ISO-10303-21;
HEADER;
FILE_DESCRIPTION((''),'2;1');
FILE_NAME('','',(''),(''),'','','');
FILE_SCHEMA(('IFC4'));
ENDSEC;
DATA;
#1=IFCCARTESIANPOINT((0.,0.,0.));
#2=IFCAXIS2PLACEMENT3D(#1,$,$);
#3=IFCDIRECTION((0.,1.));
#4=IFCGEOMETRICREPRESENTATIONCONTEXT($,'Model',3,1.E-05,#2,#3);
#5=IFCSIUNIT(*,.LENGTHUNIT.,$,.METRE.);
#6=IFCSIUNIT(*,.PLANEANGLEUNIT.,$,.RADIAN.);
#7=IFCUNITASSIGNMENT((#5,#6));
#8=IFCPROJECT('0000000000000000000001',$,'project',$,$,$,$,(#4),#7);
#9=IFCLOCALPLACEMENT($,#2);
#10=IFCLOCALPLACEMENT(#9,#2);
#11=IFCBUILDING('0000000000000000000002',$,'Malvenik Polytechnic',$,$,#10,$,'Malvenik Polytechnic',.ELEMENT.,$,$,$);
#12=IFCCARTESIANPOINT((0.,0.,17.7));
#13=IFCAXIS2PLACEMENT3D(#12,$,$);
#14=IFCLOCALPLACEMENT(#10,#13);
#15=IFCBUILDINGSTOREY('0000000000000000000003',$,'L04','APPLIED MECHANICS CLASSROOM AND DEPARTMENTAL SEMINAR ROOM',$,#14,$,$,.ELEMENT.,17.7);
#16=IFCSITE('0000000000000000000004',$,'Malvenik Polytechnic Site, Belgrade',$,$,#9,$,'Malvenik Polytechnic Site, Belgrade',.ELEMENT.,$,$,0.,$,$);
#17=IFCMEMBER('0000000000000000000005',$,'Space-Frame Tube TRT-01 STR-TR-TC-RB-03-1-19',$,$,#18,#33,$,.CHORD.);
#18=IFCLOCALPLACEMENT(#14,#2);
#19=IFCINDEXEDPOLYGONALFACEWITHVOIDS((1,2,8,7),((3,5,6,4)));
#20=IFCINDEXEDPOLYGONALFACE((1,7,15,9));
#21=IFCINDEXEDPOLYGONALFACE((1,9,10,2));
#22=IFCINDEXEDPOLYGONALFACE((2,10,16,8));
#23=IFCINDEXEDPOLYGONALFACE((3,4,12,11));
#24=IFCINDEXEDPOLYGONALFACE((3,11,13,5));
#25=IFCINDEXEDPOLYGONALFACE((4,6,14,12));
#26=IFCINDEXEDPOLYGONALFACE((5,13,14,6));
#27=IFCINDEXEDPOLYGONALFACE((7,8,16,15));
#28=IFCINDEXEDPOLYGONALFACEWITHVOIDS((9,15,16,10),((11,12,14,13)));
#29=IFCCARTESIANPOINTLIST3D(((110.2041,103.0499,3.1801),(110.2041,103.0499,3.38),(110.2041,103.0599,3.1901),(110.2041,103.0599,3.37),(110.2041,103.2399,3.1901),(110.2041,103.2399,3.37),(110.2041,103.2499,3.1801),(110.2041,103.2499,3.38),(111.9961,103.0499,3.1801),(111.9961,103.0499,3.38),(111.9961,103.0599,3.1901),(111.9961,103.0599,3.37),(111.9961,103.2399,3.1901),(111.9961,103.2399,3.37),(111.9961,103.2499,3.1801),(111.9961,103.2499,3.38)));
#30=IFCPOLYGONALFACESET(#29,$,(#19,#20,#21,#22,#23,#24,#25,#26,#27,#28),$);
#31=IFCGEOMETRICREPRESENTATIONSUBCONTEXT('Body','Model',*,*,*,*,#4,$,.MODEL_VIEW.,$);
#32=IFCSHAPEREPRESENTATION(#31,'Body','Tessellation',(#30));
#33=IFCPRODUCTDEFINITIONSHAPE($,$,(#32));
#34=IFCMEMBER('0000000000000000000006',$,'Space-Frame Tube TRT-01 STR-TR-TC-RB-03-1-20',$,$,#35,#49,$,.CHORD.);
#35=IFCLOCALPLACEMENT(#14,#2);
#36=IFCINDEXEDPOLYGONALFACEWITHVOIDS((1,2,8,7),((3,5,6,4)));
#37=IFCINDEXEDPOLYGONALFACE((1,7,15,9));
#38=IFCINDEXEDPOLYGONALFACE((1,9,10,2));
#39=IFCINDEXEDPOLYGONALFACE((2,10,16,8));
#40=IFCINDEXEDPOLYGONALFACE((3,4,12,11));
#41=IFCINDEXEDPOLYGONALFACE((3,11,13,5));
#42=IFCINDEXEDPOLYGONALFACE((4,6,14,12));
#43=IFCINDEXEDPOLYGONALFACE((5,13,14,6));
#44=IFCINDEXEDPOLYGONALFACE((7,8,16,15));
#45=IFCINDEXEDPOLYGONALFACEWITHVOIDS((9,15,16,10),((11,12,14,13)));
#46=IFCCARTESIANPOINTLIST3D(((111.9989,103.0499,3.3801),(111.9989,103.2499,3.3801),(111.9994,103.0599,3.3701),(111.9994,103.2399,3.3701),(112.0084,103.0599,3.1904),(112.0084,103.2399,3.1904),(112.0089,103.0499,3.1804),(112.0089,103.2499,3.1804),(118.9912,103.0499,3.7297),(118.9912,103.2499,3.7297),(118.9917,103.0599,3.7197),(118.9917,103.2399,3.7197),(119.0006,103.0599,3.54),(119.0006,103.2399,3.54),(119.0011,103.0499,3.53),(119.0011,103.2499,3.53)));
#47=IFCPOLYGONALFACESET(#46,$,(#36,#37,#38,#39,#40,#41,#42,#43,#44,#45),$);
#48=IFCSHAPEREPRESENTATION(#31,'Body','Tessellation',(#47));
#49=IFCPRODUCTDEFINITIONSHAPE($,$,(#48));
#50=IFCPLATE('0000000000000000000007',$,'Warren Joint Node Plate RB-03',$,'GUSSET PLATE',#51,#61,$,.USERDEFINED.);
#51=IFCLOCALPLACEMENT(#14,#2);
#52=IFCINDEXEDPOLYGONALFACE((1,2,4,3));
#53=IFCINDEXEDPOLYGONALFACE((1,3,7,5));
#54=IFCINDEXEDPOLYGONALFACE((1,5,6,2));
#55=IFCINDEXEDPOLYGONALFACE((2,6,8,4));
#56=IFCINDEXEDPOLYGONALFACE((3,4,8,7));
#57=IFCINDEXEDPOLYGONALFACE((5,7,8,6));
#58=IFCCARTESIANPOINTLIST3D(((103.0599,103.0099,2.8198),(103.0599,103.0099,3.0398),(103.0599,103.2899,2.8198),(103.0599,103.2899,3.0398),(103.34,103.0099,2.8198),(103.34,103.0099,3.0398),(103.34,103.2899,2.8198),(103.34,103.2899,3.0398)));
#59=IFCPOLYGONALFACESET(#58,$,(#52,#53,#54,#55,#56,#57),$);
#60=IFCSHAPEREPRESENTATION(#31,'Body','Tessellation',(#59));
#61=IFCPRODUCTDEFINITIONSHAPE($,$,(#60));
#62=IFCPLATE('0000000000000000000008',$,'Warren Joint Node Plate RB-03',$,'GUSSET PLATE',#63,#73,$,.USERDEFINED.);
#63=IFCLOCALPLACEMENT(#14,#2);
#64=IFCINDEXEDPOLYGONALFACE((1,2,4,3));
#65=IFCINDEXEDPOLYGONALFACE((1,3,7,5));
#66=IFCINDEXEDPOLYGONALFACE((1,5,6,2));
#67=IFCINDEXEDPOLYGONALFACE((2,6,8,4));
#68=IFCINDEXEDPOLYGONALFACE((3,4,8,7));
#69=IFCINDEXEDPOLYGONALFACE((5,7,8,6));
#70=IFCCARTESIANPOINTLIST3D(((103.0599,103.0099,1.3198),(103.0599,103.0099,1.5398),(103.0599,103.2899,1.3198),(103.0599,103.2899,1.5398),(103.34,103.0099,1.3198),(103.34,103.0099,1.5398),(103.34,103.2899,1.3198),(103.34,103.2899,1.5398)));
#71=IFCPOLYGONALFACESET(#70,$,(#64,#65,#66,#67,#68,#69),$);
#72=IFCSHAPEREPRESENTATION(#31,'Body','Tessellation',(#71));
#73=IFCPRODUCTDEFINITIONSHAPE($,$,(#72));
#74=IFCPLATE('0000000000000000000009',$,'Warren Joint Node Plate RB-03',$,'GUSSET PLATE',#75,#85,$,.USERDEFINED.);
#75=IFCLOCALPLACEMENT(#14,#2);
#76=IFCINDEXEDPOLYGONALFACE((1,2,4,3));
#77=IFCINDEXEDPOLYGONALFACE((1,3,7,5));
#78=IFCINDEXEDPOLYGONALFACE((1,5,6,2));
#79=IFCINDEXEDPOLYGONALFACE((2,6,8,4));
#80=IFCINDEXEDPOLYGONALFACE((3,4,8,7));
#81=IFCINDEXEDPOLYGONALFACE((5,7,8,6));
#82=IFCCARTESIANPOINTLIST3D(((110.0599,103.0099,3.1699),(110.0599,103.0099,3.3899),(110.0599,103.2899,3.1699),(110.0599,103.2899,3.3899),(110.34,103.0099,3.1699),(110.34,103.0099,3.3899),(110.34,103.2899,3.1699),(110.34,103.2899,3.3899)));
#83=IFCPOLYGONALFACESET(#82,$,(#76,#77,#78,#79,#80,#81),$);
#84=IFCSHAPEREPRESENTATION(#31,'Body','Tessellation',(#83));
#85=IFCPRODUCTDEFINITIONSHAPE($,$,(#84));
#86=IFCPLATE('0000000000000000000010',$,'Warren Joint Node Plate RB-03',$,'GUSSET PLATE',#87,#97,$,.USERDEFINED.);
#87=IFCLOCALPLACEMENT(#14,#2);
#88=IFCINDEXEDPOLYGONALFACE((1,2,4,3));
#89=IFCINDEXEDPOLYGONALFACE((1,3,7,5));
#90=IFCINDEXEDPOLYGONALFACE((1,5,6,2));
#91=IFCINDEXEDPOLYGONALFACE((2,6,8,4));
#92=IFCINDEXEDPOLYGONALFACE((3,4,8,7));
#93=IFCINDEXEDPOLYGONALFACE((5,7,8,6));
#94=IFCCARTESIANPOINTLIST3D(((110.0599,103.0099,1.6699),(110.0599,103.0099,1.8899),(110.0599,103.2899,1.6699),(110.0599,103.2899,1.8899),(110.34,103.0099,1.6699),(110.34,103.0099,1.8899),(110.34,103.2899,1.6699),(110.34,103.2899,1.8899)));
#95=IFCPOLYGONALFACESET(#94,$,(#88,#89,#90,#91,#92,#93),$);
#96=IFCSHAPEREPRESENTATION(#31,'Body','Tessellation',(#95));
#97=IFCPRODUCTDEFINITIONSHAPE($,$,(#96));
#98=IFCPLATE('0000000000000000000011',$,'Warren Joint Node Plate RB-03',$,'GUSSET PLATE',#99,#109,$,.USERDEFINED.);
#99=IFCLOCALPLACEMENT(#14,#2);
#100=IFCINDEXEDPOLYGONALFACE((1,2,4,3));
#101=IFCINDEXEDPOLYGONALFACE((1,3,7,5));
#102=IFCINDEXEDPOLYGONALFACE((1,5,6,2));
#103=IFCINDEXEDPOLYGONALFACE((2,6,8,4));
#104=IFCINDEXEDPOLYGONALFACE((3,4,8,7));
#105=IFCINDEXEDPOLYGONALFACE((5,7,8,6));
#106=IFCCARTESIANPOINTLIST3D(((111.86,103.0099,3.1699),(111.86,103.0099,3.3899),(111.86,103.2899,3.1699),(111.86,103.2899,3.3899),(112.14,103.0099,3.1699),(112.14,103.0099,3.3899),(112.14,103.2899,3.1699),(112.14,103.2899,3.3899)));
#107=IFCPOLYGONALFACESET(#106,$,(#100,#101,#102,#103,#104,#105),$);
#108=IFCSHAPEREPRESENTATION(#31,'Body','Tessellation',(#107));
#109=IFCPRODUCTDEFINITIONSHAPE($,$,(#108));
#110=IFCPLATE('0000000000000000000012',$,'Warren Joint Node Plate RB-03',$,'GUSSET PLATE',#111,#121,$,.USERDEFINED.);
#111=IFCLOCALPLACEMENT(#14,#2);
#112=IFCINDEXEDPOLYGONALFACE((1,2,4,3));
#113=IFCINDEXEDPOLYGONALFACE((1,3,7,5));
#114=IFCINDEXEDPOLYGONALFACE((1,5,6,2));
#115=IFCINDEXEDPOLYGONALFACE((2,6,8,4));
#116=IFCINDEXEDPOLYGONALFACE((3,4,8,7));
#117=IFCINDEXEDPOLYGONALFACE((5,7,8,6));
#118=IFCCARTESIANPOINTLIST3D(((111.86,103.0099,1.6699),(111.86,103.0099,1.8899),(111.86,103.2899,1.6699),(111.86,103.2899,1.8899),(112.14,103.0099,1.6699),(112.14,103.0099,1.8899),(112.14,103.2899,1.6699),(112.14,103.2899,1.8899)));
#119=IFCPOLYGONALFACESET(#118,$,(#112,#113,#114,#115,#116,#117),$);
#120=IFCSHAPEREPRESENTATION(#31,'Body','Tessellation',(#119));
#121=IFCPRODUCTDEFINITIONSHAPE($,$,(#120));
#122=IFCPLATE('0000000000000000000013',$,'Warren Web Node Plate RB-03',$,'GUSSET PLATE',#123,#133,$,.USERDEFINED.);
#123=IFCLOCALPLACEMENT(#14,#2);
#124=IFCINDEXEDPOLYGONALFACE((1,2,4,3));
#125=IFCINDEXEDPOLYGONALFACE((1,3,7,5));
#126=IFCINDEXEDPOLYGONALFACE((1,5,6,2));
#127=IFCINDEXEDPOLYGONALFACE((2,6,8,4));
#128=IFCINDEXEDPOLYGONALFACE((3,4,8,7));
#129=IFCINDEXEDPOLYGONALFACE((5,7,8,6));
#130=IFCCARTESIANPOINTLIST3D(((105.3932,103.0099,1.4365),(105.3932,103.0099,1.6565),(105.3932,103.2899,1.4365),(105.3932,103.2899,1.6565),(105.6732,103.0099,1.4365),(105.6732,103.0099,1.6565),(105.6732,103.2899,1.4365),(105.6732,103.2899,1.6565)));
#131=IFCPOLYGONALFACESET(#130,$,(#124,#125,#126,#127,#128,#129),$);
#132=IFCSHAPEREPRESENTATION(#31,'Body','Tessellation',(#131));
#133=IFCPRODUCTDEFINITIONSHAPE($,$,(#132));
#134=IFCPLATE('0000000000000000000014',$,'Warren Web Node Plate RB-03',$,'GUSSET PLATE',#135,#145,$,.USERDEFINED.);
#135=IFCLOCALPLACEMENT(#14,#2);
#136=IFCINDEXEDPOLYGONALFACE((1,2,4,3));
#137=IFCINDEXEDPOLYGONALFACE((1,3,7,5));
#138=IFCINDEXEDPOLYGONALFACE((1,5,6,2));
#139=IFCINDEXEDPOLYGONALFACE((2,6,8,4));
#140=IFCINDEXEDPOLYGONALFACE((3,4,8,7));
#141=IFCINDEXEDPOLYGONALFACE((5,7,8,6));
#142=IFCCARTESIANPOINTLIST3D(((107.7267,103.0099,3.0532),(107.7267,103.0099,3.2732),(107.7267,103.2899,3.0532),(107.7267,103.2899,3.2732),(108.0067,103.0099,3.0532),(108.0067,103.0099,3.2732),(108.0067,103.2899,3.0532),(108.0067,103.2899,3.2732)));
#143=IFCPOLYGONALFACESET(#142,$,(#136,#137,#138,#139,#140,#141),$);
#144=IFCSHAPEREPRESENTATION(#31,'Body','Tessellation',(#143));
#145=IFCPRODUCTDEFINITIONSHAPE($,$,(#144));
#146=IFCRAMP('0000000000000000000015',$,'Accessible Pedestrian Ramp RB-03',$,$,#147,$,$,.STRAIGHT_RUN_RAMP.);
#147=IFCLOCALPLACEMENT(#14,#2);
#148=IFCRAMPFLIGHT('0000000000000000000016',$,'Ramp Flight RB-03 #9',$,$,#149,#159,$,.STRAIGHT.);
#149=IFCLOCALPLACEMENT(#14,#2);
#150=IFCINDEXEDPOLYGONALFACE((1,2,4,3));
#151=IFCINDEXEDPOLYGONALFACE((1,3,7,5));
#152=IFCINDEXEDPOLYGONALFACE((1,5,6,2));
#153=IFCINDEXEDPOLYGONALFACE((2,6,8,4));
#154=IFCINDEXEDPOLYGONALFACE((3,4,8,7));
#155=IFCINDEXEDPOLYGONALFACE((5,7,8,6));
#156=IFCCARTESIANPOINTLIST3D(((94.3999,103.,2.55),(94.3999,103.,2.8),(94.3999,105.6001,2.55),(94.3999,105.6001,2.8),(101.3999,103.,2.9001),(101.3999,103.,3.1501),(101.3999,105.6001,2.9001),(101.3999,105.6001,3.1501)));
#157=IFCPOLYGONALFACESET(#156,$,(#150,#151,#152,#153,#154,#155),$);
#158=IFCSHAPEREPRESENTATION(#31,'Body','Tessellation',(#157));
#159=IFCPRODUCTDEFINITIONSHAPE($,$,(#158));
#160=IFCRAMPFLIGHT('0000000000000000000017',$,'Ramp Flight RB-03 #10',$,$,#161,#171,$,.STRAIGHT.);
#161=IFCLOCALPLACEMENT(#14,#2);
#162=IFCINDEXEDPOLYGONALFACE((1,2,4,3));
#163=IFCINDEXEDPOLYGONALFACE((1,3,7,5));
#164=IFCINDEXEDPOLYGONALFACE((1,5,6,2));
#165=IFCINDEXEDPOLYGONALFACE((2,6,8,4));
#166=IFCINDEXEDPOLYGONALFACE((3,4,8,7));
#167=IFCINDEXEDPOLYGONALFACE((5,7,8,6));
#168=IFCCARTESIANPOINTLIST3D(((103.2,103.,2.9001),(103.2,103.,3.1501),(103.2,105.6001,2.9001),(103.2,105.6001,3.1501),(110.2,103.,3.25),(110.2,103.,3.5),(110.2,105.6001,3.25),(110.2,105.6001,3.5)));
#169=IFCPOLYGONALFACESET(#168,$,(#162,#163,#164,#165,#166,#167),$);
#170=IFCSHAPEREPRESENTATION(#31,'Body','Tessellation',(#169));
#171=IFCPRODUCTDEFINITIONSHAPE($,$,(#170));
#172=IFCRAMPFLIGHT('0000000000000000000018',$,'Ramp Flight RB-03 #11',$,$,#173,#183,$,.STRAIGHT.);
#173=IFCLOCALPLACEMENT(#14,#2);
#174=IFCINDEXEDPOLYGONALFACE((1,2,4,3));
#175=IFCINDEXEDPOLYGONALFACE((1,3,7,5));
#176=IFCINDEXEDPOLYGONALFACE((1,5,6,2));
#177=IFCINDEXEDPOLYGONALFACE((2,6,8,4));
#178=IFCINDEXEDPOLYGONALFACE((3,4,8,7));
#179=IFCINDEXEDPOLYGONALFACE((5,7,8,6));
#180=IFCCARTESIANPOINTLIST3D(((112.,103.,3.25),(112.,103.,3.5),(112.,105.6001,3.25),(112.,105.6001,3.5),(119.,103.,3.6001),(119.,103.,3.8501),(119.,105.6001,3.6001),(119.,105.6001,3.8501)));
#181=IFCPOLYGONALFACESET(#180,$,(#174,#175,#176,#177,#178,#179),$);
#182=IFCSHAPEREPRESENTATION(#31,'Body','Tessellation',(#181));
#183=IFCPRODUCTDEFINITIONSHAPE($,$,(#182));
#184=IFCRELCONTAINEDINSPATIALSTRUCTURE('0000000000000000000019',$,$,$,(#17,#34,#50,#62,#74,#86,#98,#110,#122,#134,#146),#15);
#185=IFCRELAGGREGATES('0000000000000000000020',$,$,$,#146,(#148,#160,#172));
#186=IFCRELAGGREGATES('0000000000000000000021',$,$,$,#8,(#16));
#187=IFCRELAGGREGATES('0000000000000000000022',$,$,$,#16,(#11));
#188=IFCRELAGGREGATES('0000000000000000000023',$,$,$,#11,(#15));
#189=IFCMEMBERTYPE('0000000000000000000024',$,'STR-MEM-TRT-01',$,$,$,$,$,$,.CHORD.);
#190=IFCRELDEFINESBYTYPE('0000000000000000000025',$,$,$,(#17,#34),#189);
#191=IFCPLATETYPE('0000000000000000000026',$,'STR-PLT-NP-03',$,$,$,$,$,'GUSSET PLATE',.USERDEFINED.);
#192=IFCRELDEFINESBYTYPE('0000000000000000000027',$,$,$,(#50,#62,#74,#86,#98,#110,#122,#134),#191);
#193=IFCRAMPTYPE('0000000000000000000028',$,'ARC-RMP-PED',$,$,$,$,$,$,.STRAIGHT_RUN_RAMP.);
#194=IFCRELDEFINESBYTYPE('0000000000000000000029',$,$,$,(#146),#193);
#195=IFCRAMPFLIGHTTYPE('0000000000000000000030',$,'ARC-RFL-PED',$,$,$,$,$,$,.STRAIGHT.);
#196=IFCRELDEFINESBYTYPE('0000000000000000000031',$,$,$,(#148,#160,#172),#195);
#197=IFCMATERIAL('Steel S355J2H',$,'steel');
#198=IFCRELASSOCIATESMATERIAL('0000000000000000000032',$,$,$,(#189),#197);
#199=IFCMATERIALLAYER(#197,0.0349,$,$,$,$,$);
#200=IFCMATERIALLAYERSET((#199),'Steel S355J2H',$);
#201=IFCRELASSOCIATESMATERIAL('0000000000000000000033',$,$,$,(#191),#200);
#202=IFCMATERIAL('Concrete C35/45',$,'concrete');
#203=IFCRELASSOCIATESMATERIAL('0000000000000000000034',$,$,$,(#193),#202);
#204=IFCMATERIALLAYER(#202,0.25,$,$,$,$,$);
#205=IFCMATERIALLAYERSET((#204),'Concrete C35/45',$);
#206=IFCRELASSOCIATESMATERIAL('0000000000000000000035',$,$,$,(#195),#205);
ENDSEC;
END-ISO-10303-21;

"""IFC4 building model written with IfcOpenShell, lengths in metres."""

from ifc_helpers import new_model, si_unit, direction, frame, origin, origin_2d, place, context, subcontext, project, spatial, polyline, rectangle, hollow_rectangle, outline, extrude, material, layer, layer_set, material_profile, profile_set, type_object, element, aggregate, save


model = new_model("IFC4")

# Units and contexts
model_context = context("Model", 3, precision=1e-05, world=origin(), true_north=direction((0.0, 1.0)))
body_context = subcontext(model_context, "Body", "Model", "MODEL_VIEW")
ifc_project = project(units=[si_unit("LENGTHUNIT", "METRE"), si_unit("PLANEANGLEUNIT", "RADIAN")], contexts=[model_context])

# Site, building, storey
site_placement = place(None, origin())
site = spatial("IfcSite", under=ifc_project, at=site_placement, Name="Malvenik Polytechnic Site, Belgrade", LongName="Malvenik Polytechnic Site, Belgrade", CompositionType="ELEMENT", RefElevation=0.0)
building_placement = place(site_placement, origin())
building = spatial("IfcBuilding", under=site, at=building_placement, Name="Malvenik Polytechnic", LongName="Malvenik Polytechnic", CompositionType="ELEMENT")
storey_placement = place(building_placement, frame((0.0, 0.0, 17.7)))
storey = spatial("IfcBuildingStorey", under=building, at=storey_placement, Name="L04", Description="APPLIED MECHANICS CLASSROOM AND DEPARTMENTAL SEMINAR ROOM", CompositionType="ELEMENT", Elevation=17.7)

# Shared definitions
ifc_material_1 = material(Name="Steel S355J2H", Category="steel")

# Members
ifc_material_profile_1 = material_profile(ifc_material_1, hollow_rectangle(XDim=0.2, YDim=0.2, WallThickness=0.01, at=origin_2d()), Name="SHS 200x200x10.0")
ifc_profile_set_1 = profile_set([ifc_material_profile_1], Name="Steel S355J2H")
member_type_1 = type_object("IfcMemberType", Name="STR-MEM-TRT-01", PredefinedType="CHORD", material=ifc_profile_set_1)
member_1_placement = place(storey_placement, frame((110.2041, 103.1499, 3.28), z_axis=(1.0, 0.0, 0.0), x_axis=(0.0, 1.0, 0.0)))
element("IfcMember", 1, at=member_1_placement, inside=storey, type_object=member_type_1, Name="Space-Frame Tube TRT-01 STR-TR-TC-RB-03-1-19", PredefinedType="CHORD", context=body_context, shape_type="SweptSolid", body=[
    extrude(hollow_rectangle(XDim=0.2, YDim=0.2, WallThickness=0.01, at=origin_2d()), origin(), (0.0, 0.0, 1.0), 1.792),
])
member_2_placement = place(storey_placement, frame((112.0039, 103.1499, 3.2803), z_axis=(0.998752, 0.0, 0.049938), x_axis=(0.0, 1.0, 0.0)))
element("IfcMember", 2, at=member_2_placement, inside=storey, type_object=member_type_1, Name="Space-Frame Tube TRT-01 STR-TR-TC-RB-03-1-20", PredefinedType="CHORD", context=body_context, shape_type="SweptSolid", body=[
    extrude(hollow_rectangle(XDim=0.2, YDim=0.2, WallThickness=0.01, at=origin_2d()), origin(), (0.0, 0.0, 1.0), 7.001),
])

# Plates
ifc_layer_1 = layer(ifc_material_1, 0.0349)
ifc_layer_set_1 = layer_set([ifc_layer_1], Name="Steel S355J2H")
plate_type = type_object("IfcPlateType", Name="STR-PLT-NP-03", ElementType="GUSSET PLATE", PredefinedType="USERDEFINED", material=ifc_layer_set_1)
for number, where, z_axis, x_axis, name in (
    (3, (103.2, 103.1499, 2.8198), (0.0, 0.0, 1.0), (1.0, 0.0, 0.0), "Warren Joint Node Plate RB-03"),
    (4, (103.2, 103.1499, 1.3198), (0.0, 0.0, 1.0), (1.0, 0.0, 0.0), "Warren Joint Node Plate RB-03"),
    (5, (110.2, 103.1499, 3.1699), (0.0, 0.0, 1.0), (1.0, 0.0, 0.0), "Warren Joint Node Plate RB-03"),
    (6, (110.2, 103.1499, 1.6699), (0.0, 0.0, 1.0), (1.0, 0.0, 0.0), "Warren Joint Node Plate RB-03"),
    (7, (112.0, 103.1499, 3.1699), (0.0, 0.0, 1.0), (1.0, 0.0, 0.0), "Warren Joint Node Plate RB-03"),
    (8, (112.0, 103.1499, 1.6699), (0.0, 0.0, 1.0), (1.0, 0.0, 0.0), "Warren Joint Node Plate RB-03"),
    (9, (105.5332, 103.1499, 1.4365), (0.0, 0.0, 1.0), (1.0, 0.0, 0.0), "Warren Web Node Plate RB-03"),
    (10, (107.8667, 103.1499, 3.0532), (0.0, 0.0, 1.0), (1.0, 0.0, 0.0), "Warren Web Node Plate RB-03"),
):
    element("IfcPlate", number, at=place(storey_placement, frame(where, z_axis=z_axis, x_axis=x_axis)), inside=storey, type_object=plate_type, Name=name, ObjectType="GUSSET PLATE", PredefinedType="USERDEFINED", context=body_context, shape_type="SweptSolid", body=[
        extrude(rectangle(XDim=0.28, YDim=0.28, at=origin_2d()), origin(), (0.0, 0.0, 1.0), 0.22),
    ])

# Ramp, ramp flights
ifc_material_2 = material(Name="Concrete C35/45", Category="concrete")
ramp_type = type_object("IfcRampType", Name="ARC-RMP-PED", PredefinedType="STRAIGHT_RUN_RAMP", material=ifc_material_2)
ramp_placement = place(storey_placement, origin())
ramp = element("IfcRamp", 11, at=ramp_placement, inside=storey, type_object=ramp_type, Name="Accessible Pedestrian Ramp RB-03", PredefinedType="STRAIGHT_RUN_RAMP")
ifc_layer_2 = layer(ifc_material_2, 0.25)
ifc_layer_set_2 = layer_set([ifc_layer_2], Name="Concrete C35/45")
ramp_flight_type = type_object("IfcRampFlightType", Name="ARC-RFL-PED", PredefinedType="STRAIGHT", material=ifc_layer_set_2)
ramp_flight_1_placement = place(storey_placement, frame((94.3999, 104.3, 2.8), z_axis=(0.0, 0.0, 1.0), x_axis=(1.0, 0.0, 0.0)))
ramp_flight_1 = element("IfcRampFlight", 12, at=ramp_flight_1_placement, type_object=ramp_flight_type, Name="Ramp Flight RB-03 #9", PredefinedType="STRAIGHT", context=body_context, shape_type="SweptSolid", body=[
    extrude(outline(polyline([(0.0, -0.25), (7.0, 0.1001), (7.0, 0.3501), (0.0, 0.0), (0.0, -0.25)])), frame((0.0, 1.3, 0.0), z_axis=(0.0, -1.0, 0.0), x_axis=(1.0, 0.0, 0.0)), (0.0, 0.0, 1.0), 2.6001),
])
ramp_flight_2_placement = place(storey_placement, frame((103.2, 104.3, 3.1501), z_axis=(0.0, 0.0, 1.0), x_axis=(1.0, 0.0, 0.0)))
ramp_flight_2 = element("IfcRampFlight", 13, at=ramp_flight_2_placement, type_object=ramp_flight_type, Name="Ramp Flight RB-03 #10", PredefinedType="STRAIGHT", context=body_context, shape_type="SweptSolid", body=[
    extrude(outline(polyline([(0.0, -0.25), (7.0, 0.0999), (7.0, 0.3499), (0.0, 0.0), (0.0, -0.25)])), frame((0.0, 1.3, 0.0), z_axis=(0.0, -1.0, 0.0), x_axis=(1.0, 0.0, 0.0)), (0.0, 0.0, 1.0), 2.6001),
])
ramp_flight_3_placement = place(storey_placement, frame((112.0, 104.3, 3.5), z_axis=(0.0, 0.0, 1.0), x_axis=(1.0, 0.0, 0.0)))
ramp_flight_3 = element("IfcRampFlight", 14, at=ramp_flight_3_placement, type_object=ramp_flight_type, Name="Ramp Flight RB-03 #11", PredefinedType="STRAIGHT", context=body_context, shape_type="SweptSolid", body=[
    extrude(outline(polyline([(0.0, -0.25), (7.0, 0.1001), (7.0, 0.3501), (0.0, 0.0), (0.0, -0.25)])), frame((0.0, 1.3, 0.0), z_axis=(0.0, -1.0, 0.0), x_axis=(1.0, 0.0, 0.0)), (0.0, 0.0, 1.0), 2.6001),
])
aggregate(ramp, [ramp_flight_1, ramp_flight_2, ramp_flight_3])

save(model, "model.ifc")
